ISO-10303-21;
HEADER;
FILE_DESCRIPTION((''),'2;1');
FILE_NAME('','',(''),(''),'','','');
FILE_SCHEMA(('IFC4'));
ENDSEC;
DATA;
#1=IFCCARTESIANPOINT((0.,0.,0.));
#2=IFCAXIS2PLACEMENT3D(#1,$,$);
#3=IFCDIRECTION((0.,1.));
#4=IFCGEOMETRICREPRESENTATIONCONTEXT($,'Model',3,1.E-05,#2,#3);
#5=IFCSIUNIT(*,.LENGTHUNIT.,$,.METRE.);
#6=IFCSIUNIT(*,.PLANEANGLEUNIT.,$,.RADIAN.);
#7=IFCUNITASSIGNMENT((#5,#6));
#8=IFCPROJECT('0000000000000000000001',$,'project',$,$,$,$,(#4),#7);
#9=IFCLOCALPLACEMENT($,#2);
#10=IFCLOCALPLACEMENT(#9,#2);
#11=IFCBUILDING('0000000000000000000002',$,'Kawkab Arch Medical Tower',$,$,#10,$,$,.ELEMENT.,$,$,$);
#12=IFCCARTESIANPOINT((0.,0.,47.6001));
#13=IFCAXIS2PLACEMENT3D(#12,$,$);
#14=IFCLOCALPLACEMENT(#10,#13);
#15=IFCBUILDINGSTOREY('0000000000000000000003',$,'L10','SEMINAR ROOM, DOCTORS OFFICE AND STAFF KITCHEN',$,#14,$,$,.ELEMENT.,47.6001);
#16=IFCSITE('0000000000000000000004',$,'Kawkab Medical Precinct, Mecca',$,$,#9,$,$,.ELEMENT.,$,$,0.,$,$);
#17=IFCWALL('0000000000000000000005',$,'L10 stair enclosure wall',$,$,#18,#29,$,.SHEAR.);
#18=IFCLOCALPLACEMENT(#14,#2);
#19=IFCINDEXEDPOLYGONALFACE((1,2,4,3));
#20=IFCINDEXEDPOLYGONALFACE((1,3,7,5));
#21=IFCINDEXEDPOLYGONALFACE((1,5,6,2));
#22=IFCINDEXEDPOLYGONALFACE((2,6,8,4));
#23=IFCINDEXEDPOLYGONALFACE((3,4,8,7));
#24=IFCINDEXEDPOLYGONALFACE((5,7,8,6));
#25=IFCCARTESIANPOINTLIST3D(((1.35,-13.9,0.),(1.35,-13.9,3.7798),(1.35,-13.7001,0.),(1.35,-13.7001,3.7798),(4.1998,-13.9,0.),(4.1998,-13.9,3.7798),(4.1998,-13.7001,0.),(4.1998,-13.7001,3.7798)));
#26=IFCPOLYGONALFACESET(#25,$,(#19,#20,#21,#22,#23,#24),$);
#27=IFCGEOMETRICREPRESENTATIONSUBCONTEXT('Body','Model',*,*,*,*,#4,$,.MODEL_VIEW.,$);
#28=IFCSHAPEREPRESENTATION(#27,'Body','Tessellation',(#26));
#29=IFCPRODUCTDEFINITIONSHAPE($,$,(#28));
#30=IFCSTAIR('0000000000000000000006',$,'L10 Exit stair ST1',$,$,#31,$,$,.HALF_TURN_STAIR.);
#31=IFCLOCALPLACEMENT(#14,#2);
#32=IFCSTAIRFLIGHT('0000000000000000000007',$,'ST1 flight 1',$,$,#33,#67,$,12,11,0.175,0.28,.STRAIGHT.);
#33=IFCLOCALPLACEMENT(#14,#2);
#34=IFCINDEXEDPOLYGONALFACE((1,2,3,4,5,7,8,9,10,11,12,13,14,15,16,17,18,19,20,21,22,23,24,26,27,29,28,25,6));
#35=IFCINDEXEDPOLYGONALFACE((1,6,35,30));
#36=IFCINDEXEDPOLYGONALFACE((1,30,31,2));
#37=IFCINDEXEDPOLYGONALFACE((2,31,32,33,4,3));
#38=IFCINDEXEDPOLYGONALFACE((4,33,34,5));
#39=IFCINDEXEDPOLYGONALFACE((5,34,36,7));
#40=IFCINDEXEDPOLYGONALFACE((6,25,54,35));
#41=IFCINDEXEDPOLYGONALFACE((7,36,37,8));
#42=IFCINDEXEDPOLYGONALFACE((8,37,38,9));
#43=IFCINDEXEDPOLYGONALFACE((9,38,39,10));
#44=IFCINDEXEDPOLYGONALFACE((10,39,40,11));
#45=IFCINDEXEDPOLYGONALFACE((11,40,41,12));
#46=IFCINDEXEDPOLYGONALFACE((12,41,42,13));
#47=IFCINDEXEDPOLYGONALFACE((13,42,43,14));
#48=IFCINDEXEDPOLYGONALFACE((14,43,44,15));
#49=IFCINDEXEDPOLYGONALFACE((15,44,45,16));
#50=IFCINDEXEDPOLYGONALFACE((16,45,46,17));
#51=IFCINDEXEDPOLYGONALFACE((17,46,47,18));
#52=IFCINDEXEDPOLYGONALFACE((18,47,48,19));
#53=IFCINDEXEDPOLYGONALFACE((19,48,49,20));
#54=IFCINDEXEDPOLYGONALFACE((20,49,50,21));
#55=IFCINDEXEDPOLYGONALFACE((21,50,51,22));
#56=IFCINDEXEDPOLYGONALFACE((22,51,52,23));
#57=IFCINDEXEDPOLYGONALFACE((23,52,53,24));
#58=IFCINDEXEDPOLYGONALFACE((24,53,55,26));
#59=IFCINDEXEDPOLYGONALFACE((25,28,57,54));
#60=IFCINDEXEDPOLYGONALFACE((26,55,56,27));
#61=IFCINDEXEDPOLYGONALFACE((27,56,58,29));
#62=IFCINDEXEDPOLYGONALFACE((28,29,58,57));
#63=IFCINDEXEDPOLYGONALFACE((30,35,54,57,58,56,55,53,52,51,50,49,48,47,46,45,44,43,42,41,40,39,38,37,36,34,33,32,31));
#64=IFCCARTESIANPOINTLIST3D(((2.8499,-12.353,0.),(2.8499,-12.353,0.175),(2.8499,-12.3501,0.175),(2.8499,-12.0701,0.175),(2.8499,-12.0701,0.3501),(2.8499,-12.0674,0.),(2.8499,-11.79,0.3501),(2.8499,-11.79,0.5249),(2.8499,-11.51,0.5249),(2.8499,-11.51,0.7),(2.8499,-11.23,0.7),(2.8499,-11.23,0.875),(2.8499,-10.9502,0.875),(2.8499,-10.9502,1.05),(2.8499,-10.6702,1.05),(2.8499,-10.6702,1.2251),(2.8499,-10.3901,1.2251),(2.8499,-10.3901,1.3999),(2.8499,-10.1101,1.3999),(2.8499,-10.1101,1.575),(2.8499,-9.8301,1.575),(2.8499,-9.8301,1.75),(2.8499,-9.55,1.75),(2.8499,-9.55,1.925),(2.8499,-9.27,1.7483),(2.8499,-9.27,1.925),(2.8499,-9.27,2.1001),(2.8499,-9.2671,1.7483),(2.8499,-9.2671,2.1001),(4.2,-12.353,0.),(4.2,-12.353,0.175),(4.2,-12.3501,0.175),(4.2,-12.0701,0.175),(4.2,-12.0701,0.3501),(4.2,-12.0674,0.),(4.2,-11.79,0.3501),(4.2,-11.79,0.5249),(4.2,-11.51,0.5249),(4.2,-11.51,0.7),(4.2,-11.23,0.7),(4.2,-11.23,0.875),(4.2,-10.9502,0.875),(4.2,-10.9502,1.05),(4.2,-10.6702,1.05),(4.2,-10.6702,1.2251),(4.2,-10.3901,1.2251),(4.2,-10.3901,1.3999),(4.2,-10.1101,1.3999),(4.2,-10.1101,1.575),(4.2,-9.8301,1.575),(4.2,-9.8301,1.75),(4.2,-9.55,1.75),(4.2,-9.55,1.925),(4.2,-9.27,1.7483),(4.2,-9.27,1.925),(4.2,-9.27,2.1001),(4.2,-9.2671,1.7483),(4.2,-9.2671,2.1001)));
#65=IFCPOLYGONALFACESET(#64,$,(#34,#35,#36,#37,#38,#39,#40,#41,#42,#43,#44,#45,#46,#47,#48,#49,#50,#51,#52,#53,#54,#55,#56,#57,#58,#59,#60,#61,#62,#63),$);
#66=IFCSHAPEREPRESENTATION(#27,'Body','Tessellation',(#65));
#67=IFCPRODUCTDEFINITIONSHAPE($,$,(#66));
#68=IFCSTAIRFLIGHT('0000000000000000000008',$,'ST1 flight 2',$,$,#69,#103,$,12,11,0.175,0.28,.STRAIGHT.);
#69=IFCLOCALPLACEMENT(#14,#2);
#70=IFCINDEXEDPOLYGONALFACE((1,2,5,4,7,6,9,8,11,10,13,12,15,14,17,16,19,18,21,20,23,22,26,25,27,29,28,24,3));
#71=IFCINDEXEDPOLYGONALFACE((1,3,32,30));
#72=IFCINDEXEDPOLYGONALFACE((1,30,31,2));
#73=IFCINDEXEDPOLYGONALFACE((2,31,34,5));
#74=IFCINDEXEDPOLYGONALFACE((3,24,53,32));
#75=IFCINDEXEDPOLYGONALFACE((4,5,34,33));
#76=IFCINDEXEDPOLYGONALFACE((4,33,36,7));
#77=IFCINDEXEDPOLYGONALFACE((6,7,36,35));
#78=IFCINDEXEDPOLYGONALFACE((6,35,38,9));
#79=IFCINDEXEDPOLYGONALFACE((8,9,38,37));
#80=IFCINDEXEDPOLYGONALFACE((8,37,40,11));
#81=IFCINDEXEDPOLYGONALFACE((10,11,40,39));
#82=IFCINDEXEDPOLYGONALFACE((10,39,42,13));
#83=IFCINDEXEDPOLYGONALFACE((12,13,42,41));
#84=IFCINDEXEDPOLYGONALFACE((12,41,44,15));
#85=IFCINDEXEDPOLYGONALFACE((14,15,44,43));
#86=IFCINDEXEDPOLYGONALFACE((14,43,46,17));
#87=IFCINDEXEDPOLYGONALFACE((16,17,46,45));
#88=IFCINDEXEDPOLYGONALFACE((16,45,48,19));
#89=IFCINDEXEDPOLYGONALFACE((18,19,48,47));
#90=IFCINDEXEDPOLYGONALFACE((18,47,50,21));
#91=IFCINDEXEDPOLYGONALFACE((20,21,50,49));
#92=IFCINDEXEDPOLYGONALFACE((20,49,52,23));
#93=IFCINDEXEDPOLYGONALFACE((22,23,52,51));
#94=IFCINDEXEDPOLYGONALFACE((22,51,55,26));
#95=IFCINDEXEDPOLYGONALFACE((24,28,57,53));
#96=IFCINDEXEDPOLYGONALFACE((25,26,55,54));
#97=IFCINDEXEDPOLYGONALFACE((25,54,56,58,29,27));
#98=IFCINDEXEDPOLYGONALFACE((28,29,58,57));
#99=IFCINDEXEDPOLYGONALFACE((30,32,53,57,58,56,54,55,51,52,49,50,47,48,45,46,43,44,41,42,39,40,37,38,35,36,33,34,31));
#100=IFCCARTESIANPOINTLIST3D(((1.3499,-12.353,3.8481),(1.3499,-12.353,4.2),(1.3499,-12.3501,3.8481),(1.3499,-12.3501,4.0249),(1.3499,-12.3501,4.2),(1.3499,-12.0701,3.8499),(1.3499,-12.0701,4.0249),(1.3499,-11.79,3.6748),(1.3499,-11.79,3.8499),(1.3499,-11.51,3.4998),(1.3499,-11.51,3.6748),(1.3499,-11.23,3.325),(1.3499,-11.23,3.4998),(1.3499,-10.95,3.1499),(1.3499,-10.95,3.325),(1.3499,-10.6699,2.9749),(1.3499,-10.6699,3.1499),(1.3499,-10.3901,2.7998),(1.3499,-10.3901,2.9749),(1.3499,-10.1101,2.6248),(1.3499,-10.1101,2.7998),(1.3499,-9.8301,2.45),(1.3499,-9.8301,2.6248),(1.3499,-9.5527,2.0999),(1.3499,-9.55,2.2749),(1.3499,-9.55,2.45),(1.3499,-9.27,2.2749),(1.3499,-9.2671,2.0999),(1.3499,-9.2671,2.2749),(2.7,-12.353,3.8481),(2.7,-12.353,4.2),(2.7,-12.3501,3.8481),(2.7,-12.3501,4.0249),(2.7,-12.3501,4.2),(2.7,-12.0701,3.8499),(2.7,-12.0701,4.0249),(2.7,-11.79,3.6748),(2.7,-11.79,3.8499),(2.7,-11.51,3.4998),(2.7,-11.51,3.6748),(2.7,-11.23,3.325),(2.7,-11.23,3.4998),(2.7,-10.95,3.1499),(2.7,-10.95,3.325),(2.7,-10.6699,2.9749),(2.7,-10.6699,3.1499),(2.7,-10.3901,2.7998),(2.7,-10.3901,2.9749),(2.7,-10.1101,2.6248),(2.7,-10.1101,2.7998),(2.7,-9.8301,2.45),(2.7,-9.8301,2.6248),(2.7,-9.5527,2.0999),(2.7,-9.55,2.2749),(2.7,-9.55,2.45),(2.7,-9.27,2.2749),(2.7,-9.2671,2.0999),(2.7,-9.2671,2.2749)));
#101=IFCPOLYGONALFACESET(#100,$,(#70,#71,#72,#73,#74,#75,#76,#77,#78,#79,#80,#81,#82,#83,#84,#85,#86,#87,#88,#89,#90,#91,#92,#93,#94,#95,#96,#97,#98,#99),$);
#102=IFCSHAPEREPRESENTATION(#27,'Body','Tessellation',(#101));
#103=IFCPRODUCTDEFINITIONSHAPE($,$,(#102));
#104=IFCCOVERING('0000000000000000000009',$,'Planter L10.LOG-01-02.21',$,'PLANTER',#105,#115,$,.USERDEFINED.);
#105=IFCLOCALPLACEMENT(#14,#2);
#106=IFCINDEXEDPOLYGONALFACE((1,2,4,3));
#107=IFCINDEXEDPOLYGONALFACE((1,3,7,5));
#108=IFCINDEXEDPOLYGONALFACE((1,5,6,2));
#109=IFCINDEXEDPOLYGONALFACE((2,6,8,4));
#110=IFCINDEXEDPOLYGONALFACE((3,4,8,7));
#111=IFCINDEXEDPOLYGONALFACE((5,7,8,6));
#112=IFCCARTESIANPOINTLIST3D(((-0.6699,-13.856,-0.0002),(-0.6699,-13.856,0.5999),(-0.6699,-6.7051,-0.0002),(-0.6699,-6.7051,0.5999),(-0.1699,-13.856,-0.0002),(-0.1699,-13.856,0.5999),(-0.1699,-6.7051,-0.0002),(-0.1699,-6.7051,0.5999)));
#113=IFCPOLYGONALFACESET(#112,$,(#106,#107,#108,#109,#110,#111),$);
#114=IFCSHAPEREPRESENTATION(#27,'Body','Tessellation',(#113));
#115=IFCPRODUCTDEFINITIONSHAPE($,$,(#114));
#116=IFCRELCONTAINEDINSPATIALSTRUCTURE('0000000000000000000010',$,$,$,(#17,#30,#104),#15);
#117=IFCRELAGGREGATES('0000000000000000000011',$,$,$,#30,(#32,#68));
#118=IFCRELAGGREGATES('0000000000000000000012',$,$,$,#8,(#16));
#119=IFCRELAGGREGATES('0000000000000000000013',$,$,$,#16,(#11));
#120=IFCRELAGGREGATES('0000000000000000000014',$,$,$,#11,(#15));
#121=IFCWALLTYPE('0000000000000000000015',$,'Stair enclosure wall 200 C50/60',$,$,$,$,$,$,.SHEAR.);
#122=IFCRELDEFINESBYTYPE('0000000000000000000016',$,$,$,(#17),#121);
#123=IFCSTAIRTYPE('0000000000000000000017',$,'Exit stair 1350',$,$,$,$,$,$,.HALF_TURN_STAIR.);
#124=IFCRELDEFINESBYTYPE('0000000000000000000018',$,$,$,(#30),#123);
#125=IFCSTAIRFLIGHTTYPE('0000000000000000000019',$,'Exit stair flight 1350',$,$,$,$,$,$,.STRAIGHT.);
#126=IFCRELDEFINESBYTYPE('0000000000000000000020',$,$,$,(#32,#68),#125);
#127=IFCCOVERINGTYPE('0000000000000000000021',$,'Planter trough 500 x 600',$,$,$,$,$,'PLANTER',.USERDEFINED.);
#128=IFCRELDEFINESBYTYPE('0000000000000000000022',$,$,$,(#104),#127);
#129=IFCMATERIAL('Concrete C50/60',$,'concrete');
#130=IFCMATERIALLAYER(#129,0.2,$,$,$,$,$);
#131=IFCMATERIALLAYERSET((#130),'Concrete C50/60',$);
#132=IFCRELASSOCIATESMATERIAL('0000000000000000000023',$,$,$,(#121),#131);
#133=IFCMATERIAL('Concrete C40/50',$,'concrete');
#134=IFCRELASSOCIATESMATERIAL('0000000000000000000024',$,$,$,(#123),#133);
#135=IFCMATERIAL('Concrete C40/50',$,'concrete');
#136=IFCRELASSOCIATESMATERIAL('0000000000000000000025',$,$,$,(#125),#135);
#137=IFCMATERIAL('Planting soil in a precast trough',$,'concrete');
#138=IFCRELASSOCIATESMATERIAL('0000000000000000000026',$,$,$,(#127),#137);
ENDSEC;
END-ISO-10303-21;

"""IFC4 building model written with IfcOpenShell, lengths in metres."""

from ifc_helpers import new_model, si_unit, direction, frame, frame_2d, origin, origin_2d, place, context, subcontext, project, spatial, polyline, rectangle, outline, extrude, material, layer, layer_set, material_profile, profile_set, type_object, element, aggregate, save


model = new_model("IFC4")

# Units and contexts
model_context = context("Model", 3, precision=1e-05, world=origin(), true_north=direction((0.0, 1.0)))
body_context = subcontext(model_context, "Body", "Model", "MODEL_VIEW")
ifc_project = project(units=[si_unit("LENGTHUNIT", "METRE"), si_unit("PLANEANGLEUNIT", "RADIAN")], contexts=[model_context])

# Site, building, storey
site_placement = place(None, origin())
site = spatial("IfcSite", under=ifc_project, at=site_placement, Name="Kawkab Medical Precinct, Mecca", CompositionType="ELEMENT", RefElevation=0.0)
building_placement = place(site_placement, origin())
building = spatial("IfcBuilding", under=site, at=building_placement, Name="Kawkab Arch Medical Tower", CompositionType="ELEMENT")
storey_placement = place(building_placement, frame((0.0, 0.0, 47.6001)))
storey = spatial("IfcBuildingStorey", under=building, at=storey_placement, Name="L10", Description="SEMINAR ROOM, DOCTORS OFFICE AND STAFF KITCHEN", CompositionType="ELEMENT", Elevation=47.6001)

# Shared definitions
placement = place(storey_placement, origin())

# Wall
ifc_material_1 = material(Name="Concrete C50/60", Category="concrete")
ifc_layer_1 = layer(ifc_material_1, 0.2)
ifc_layer_set_1 = layer_set([ifc_layer_1], Name="Concrete C50/60")
wall_type_1 = type_object("IfcWallType", Name="Stair enclosure wall 200 C50/60", PredefinedType="SHEAR", material=ifc_layer_set_1)
wall_1_placement = place(storey_placement, frame((1.3501, -13.8, 0.0), z_axis=(0.0, 0.0, 1.0), x_axis=(1.0, 0.0, 0.0)))
element("IfcWall", 1, at=wall_1_placement, inside=storey, type_object=wall_type_1, Name="L10 stair enclosure wall", PredefinedType="SHEAR", context=body_context, shape_type="SweptSolid", body=[
    extrude(rectangle(XDim=2.8499, YDim=0.2, at=frame_2d((1.4248, 0.0))), origin(), (0.0, 0.0, 1.0), 3.7798),
])

# Stair, stair flights
ifc_material_2 = material(Name="Concrete C40/50", Category="concrete")
stair_type = type_object("IfcStairType", Name="Exit stair 1350", PredefinedType="HALF_TURN_STAIR", material=ifc_material_2)
stair = element("IfcStair", 2, at=placement, inside=storey, type_object=stair_type, Name="L10 Exit stair ST1", PredefinedType="HALF_TURN_STAIR")
ifc_material_3 = material(Name="Concrete C40/50", Category="concrete")
stair_flight_type = type_object("IfcStairFlightType", Name="Exit stair flight 1350", PredefinedType="STRAIGHT", material=ifc_material_3)
stair_flight_1_placement = place(storey_placement, frame((3.5249, -12.3501, 0.0), z_axis=(0.0, 0.0, 1.0), x_axis=(0.0, 1.0, 0.0)))
stair_flight_1 = element("IfcStairFlight", 3, at=stair_flight_1_placement, type_object=stair_flight_type, Name="ST1 flight 1", NumberOfRisers=12, NumberOfTreads=11, PredefinedType="STRAIGHT", RiserHeight=0.175, TreadLength=0.28, context=body_context, shape_type="SweptSolid", body=[
    extrude(outline(polyline([(-0.0029, 0.0), (-0.0029, 0.175), (0.0, 0.175), (0.28, 0.175), (0.28, 0.3501), (0.5601, 0.3501), (0.5601, 0.5249), (0.8401, 0.5249), (0.8401, 0.7), (1.1201, 0.7), (1.1201, 0.875), (1.3999, 0.875), (1.3999, 1.05), (1.6799, 1.05), (1.6799, 1.2251), (1.96, 1.2251), (1.96, 1.3999), (2.24, 1.3999), (2.24, 1.575), (2.52, 1.575), (2.52, 1.75), (2.8, 1.75), (2.8, 1.925), (3.0801, 1.925), (3.0801, 2.1001), (3.083, 2.1001), (3.083, 1.7483), (3.0801, 1.7483), (0.2827, 0.0), (-0.0029, 0.0)])), frame((0.0, 0.675, 0.0), z_axis=(0.0, -1.0, 0.0), x_axis=(1.0, 0.0, 0.0)), (0.0, 0.0, 1.0), 1.3501),
])
stair_flight_2_placement = place(storey_placement, frame((2.0249, -9.27, 2.0999), z_axis=(0.0, 0.0, 1.0), x_axis=(0.0, -1.0, 0.0)))
stair_flight_2 = element("IfcStairFlight", 4, at=stair_flight_2_placement, type_object=stair_flight_type, Name="ST1 flight 2", NumberOfRisers=12, NumberOfTreads=11, PredefinedType="STRAIGHT", RiserHeight=0.175, TreadLength=0.28, context=body_context, shape_type="SweptSolid", body=[
    extrude(outline(polyline([(-0.0029, 0.0), (-0.0029, 0.175), (0.0, 0.175), (0.28, 0.175), (0.28, 0.3501), (0.5601, 0.3501), (0.5601, 0.5249), (0.8401, 0.5249), (0.8401, 0.7), (1.1201, 0.7), (1.1201, 0.875), (1.3999, 0.875), (1.3999, 1.05), (1.6799, 1.05), (1.6799, 1.2251), (1.96, 1.2251), (1.96, 1.3999), (2.24, 1.3999), (2.24, 1.575), (2.52, 1.575), (2.52, 1.75), (2.8, 1.75), (2.8, 1.925), (3.0801, 1.925), (3.0801, 2.1001), (3.083, 2.1001), (3.083, 1.7483), (3.0801, 1.7483), (0.2827, 0.0), (-0.0029, 0.0)])), frame((0.0, 0.675, 0.0), z_axis=(0.0, -1.0, 0.0), x_axis=(1.0, 0.0, 0.0)), (0.0, 0.0, 1.0), 1.3501),
])
aggregate(stair, [stair_flight_1, stair_flight_2])

# Covering
ifc_material_4 = material(Name="Planting soil in a precast trough", Category="concrete")
ifc_material_profile_1 = material_profile(ifc_material_4, rectangle(XDim=0.5, YDim=0.6001, at=origin_2d()), Name="Trough 500x600")
ifc_profile_set_1 = profile_set([ifc_material_profile_1], Name="Planting soil in a precast trough")
covering_type = type_object("IfcCoveringType", Name="Planter trough 500 x 600", ElementType="PLANTER", PredefinedType="USERDEFINED", material=ifc_profile_set_1)
covering_placement = place(storey_placement, frame((-0.4199, -13.856, 0.2998), z_axis=(0.0, 1.0, 0.0), x_axis=(-1.0, 0.0, 0.0)))
element("IfcCovering", 5, at=covering_placement, inside=storey, type_object=covering_type, Name="Planter L10.LOG-01-02.21", ObjectType="PLANTER", PredefinedType="USERDEFINED", context=body_context, shape_type="SweptSolid", body=[
    extrude(rectangle(XDim=0.5, YDim=0.6001, at=origin_2d()), origin(), (0.0, 0.0, 1.0), 7.1509),
])

save(model, "model.ifc")
